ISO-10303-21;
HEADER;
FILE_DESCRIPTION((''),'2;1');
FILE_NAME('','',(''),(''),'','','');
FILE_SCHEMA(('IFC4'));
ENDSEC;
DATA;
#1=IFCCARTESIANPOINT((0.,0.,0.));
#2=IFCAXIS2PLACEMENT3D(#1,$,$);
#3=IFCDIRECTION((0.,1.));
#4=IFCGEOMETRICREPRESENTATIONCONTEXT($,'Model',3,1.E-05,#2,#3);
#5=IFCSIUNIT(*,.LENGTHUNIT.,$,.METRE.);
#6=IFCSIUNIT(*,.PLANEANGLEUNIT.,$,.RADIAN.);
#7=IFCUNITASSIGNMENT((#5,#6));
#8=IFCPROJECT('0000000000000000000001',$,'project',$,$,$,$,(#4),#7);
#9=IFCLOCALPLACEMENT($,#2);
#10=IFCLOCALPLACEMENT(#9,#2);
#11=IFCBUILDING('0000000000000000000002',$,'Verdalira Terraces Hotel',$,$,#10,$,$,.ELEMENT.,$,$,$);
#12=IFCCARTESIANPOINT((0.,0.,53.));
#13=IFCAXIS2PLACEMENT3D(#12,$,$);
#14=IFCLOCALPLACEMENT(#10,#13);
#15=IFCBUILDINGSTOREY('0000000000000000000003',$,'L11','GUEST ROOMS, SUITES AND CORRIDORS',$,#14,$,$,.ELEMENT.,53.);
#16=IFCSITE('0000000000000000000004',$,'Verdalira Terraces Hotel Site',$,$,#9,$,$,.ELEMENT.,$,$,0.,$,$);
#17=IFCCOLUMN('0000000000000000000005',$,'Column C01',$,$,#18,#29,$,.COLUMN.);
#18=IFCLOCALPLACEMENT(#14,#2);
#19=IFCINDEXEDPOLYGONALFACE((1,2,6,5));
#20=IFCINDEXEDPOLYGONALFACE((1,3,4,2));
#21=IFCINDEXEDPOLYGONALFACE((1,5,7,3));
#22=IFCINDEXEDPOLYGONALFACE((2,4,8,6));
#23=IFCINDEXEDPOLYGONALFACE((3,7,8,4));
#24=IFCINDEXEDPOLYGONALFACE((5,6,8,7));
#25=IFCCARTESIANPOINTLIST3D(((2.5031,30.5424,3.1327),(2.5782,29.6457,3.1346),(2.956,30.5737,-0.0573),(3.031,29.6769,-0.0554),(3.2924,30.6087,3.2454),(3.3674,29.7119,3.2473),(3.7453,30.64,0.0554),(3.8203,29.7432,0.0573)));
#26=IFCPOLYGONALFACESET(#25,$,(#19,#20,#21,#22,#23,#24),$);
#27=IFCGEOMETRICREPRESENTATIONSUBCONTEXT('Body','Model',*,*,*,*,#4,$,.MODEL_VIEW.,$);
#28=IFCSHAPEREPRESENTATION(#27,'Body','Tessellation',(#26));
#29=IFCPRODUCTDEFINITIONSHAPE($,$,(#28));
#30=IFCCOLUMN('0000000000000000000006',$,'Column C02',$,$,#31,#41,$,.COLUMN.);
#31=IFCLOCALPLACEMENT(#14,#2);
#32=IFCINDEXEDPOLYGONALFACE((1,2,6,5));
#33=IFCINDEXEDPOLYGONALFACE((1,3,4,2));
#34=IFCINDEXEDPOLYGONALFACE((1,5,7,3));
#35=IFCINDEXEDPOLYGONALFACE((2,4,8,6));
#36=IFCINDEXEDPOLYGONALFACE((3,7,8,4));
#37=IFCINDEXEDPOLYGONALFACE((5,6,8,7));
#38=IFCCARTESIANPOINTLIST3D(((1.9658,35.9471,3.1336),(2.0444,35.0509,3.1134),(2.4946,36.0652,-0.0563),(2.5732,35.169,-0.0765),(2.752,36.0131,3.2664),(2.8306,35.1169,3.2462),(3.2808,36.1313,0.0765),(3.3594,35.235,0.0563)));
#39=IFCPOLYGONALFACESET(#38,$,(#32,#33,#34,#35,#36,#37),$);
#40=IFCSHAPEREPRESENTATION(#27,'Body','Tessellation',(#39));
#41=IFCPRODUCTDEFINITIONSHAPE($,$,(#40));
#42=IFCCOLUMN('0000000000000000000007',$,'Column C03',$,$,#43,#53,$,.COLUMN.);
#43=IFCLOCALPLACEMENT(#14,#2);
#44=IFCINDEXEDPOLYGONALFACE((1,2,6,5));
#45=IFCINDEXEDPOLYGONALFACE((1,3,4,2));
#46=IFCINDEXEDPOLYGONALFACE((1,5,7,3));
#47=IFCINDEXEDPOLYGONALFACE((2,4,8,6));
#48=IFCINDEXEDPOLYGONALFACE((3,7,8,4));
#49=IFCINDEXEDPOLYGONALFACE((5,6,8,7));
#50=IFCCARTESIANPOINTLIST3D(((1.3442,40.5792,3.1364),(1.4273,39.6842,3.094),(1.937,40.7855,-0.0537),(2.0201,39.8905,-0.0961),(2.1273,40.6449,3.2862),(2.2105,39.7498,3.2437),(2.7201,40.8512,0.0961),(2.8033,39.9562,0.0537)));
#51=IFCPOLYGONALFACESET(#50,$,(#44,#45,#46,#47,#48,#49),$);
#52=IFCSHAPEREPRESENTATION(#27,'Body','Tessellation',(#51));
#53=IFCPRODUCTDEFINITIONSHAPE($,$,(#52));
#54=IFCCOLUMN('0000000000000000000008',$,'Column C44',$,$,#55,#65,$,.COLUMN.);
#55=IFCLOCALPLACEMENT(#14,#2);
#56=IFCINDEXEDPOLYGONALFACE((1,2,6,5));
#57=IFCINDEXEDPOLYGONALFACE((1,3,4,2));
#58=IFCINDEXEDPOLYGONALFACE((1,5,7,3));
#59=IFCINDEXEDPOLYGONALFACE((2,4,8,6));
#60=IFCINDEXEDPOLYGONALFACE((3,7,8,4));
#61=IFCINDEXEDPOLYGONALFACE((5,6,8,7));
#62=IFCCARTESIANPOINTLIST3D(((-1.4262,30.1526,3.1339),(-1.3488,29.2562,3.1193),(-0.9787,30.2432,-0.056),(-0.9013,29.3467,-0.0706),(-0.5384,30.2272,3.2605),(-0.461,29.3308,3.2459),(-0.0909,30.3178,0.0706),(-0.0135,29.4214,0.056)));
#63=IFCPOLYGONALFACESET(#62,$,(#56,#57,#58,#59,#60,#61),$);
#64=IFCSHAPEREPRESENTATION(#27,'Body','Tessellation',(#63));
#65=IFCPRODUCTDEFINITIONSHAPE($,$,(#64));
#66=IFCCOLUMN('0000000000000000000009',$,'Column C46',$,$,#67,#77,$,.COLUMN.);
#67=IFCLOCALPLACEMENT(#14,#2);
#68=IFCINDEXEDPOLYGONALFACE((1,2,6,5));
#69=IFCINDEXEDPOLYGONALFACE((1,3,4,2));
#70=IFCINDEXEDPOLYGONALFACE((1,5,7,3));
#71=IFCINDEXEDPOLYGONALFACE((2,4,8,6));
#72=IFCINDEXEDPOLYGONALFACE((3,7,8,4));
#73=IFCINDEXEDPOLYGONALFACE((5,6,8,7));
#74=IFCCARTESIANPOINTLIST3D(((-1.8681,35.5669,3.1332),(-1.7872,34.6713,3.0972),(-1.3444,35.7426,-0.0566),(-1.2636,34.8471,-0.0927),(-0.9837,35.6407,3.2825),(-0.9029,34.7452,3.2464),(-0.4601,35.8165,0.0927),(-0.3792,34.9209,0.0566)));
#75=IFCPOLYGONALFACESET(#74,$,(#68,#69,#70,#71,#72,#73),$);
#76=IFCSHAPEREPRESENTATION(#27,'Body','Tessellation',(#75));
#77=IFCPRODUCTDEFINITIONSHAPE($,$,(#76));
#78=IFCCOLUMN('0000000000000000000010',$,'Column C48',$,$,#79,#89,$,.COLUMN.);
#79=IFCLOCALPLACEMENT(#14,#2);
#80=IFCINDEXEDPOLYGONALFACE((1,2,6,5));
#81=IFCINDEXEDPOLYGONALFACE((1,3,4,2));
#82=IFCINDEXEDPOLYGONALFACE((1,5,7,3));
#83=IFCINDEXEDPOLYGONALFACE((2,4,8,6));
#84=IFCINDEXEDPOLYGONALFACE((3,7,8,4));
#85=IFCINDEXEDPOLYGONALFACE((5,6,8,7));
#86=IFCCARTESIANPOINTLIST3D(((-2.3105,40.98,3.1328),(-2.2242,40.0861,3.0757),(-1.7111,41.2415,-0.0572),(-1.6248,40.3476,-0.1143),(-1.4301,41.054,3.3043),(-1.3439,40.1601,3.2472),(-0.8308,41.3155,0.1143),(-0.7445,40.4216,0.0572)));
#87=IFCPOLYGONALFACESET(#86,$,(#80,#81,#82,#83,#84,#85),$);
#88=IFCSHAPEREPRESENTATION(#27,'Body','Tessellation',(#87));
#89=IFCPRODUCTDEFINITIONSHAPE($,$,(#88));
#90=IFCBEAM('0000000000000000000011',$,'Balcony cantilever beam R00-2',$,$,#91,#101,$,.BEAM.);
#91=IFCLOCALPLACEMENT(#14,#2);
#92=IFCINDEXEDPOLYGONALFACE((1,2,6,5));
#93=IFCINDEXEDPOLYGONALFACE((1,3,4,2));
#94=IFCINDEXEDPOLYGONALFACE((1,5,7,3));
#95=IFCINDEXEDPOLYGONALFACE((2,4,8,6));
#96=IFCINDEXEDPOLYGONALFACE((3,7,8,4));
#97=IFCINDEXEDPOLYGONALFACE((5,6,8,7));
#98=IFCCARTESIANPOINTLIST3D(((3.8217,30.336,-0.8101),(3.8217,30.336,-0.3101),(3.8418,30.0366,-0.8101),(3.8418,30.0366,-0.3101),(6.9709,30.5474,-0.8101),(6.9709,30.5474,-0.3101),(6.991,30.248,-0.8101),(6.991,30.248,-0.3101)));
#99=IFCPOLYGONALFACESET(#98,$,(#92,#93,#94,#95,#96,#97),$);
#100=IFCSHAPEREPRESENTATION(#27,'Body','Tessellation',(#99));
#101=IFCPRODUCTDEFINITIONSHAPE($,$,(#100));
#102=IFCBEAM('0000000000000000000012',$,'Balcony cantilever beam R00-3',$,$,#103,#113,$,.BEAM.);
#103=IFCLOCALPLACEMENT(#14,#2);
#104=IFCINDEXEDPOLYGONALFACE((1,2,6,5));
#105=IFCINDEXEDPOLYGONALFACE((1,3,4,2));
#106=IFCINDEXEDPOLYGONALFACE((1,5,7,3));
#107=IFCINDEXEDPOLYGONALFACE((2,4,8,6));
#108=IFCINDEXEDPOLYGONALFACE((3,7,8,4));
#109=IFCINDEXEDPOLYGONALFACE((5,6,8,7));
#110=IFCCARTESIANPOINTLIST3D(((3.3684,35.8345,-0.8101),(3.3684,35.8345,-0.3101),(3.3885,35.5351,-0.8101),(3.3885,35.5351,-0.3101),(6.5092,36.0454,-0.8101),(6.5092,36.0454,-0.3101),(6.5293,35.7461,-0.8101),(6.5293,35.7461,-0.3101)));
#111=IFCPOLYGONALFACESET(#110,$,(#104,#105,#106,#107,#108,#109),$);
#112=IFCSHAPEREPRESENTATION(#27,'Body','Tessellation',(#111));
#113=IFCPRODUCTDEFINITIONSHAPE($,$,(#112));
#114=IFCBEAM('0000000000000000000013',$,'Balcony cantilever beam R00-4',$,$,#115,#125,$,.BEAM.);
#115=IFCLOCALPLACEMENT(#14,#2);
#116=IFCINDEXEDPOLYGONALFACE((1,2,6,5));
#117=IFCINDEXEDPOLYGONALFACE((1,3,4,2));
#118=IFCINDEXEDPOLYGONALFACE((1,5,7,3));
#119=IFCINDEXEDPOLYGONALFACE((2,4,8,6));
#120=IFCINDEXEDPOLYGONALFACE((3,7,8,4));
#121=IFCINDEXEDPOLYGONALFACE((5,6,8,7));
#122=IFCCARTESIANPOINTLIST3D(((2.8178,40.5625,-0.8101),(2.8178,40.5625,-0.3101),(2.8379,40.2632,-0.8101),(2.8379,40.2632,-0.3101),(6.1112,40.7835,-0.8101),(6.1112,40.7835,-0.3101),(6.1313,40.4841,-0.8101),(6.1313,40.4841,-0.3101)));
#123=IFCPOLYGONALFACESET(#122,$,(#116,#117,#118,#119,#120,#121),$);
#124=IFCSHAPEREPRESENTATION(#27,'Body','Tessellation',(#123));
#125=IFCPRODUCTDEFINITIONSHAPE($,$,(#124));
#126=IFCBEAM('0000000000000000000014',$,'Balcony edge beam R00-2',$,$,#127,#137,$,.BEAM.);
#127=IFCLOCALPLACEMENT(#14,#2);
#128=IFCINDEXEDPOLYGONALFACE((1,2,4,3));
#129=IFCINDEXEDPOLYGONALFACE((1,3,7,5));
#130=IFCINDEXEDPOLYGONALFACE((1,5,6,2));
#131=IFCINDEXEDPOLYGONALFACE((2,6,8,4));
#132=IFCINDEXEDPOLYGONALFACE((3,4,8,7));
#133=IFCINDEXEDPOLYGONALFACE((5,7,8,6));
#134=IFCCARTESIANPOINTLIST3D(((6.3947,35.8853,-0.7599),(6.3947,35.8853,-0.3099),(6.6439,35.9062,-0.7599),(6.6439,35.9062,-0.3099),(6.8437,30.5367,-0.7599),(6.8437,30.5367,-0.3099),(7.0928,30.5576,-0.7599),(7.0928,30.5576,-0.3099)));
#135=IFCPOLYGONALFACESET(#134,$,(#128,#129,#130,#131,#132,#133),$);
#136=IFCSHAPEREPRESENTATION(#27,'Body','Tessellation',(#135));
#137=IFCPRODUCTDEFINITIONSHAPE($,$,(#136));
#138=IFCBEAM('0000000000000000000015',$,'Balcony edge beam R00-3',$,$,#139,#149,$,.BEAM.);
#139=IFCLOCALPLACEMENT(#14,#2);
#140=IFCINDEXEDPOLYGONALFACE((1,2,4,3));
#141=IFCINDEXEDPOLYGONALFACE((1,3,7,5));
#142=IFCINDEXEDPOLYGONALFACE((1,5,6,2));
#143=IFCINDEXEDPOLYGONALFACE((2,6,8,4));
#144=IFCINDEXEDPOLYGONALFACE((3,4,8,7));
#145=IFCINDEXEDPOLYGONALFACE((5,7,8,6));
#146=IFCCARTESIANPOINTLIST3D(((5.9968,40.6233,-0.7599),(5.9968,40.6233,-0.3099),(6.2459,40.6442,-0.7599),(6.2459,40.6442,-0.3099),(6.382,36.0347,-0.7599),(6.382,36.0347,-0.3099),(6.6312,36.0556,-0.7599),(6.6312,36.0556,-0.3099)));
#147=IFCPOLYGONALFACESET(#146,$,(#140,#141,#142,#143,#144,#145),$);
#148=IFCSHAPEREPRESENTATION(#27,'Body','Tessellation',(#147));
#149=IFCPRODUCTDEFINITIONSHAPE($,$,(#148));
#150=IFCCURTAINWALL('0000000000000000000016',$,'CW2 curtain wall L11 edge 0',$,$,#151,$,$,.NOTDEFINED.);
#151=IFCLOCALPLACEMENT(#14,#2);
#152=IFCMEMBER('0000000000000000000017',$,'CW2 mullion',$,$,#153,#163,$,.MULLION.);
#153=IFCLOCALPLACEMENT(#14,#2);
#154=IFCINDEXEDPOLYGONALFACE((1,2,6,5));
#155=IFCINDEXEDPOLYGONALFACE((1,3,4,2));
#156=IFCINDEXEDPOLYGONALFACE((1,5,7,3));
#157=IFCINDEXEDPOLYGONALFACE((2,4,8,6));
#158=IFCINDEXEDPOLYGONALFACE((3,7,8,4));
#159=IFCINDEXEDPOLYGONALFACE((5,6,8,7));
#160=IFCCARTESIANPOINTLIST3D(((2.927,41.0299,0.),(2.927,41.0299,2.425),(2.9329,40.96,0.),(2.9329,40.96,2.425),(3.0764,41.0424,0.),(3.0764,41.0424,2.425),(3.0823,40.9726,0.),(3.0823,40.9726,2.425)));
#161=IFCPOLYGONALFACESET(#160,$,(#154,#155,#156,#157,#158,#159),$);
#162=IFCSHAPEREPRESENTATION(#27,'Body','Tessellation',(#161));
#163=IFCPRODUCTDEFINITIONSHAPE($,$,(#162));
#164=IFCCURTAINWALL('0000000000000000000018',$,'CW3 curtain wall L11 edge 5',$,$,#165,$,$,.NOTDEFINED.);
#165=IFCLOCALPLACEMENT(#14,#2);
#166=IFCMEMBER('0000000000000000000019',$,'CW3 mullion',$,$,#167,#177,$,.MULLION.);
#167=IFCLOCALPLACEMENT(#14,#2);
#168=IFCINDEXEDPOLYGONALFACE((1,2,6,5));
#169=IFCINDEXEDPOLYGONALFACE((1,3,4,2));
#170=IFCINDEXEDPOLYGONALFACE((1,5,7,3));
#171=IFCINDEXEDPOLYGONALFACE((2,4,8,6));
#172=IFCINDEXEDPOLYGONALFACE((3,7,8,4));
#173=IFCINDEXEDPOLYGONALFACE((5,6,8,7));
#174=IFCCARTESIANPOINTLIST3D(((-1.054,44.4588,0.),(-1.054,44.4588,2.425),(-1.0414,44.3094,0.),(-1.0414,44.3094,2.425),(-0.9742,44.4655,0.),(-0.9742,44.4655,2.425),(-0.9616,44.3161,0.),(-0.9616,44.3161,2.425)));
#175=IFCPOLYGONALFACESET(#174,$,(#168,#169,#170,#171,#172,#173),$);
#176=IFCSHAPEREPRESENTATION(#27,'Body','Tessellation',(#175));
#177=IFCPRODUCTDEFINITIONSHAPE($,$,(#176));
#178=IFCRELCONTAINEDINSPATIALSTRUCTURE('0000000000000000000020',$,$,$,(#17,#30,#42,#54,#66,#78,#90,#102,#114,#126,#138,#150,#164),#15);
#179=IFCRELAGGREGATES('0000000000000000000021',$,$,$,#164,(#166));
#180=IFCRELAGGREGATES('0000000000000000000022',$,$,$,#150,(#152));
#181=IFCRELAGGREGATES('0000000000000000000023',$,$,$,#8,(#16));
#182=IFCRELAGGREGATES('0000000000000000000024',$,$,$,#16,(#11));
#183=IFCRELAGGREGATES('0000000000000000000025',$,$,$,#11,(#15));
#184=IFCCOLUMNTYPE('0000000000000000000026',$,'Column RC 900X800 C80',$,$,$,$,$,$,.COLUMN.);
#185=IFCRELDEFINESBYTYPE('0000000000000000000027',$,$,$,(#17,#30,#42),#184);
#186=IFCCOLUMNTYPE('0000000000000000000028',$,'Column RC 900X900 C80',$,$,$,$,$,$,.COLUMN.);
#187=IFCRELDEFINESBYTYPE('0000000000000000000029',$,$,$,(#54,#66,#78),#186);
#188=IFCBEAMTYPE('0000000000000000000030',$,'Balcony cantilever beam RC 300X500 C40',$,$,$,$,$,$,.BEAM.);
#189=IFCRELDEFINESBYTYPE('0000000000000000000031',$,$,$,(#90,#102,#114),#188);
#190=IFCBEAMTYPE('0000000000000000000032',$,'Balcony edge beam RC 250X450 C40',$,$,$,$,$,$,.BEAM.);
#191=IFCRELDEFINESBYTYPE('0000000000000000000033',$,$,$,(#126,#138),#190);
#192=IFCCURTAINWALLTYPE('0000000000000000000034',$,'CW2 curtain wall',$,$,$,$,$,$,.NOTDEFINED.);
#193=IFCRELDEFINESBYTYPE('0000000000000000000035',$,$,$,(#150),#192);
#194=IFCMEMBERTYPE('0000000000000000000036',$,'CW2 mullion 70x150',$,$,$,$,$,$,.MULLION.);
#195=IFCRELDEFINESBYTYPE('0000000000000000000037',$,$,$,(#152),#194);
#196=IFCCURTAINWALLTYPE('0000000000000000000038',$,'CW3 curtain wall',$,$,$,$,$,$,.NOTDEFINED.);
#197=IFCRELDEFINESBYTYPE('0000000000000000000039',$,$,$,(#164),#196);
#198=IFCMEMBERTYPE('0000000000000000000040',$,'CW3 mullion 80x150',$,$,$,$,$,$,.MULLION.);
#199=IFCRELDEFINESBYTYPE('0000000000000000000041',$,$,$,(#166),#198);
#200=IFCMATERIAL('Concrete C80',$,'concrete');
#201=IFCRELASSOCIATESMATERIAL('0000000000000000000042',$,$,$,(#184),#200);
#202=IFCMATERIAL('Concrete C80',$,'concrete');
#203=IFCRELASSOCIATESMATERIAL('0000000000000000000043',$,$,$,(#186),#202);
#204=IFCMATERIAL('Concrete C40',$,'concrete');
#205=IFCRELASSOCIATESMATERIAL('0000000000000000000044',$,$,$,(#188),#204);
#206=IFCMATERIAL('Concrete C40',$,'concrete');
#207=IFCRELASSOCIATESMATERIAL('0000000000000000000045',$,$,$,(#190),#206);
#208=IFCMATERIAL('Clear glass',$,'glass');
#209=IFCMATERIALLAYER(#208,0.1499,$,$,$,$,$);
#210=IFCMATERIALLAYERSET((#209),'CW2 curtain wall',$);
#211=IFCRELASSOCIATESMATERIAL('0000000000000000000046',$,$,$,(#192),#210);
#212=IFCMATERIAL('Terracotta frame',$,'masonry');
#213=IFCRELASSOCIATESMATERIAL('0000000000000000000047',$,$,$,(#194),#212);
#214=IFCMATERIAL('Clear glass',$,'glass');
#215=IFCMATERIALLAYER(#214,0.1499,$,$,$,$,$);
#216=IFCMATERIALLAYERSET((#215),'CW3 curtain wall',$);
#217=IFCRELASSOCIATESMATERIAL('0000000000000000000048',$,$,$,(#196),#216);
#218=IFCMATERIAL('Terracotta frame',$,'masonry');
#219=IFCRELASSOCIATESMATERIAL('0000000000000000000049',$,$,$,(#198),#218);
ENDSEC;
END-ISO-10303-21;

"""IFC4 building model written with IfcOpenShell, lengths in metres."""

from ifc_helpers import new_model, si_unit, direction, frame, origin, origin_2d, place, context, subcontext, project, spatial, rectangle, extrude, material, layer, layer_set, material_profile, profile_set, type_object, element, aggregate, save


model = new_model("IFC4")

# Units and contexts
model_context = context("Model", 3, precision=1e-05, world=origin(), true_north=direction((0.0, 1.0)))
body_context = subcontext(model_context, "Body", "Model", "MODEL_VIEW")
ifc_project = project(units=[si_unit("LENGTHUNIT", "METRE"), si_unit("PLANEANGLEUNIT", "RADIAN")], contexts=[model_context])

# Site, building, storey
site_placement = place(None, origin())
site = spatial("IfcSite", under=ifc_project, at=site_placement, Name="Verdalira Terraces Hotel Site", CompositionType="ELEMENT", RefElevation=0.0)
building_placement = place(site_placement, origin())
building = spatial("IfcBuilding", under=site, at=building_placement, Name="Verdalira Terraces Hotel", CompositionType="ELEMENT")
storey_placement = place(building_placement, frame((0.0, 0.0, 53.0)))
storey = spatial("IfcBuildingStorey", under=building, at=storey_placement, Name="L11", Description="GUEST ROOMS, SUITES AND CORRIDORS", CompositionType="ELEMENT", Elevation=53.0)

# Columns
ifc_material_1 = material(Name="Concrete C80", Category="concrete")
ifc_material_profile_1 = material_profile(ifc_material_1, rectangle(XDim=0.8999, YDim=0.8, at=origin_2d()), Name="RC 900X800")
ifc_profile_set_1 = profile_set([ifc_material_profile_1], Name="Concrete C80")
column_type_1 = type_object("IfcColumnType", Name="Column RC 900X800 C80", PredefinedType="COLUMN", material=ifc_profile_set_1)
column_1_placement = place(storey_placement, frame((3.3882, 30.1584, 0.0), z_axis=(-0.140555, -0.009699, 0.990025), x_axis=(-0.083368, 0.996517, -0.002074)))
element("IfcColumn", 1, at=column_1_placement, inside=storey, type_object=column_type_1, Name="Column C01", PredefinedType="COLUMN", context=body_context, shape_type="SweptSolid", body=[
    extrude(rectangle(XDim=0.8999, YDim=0.8, at=origin_2d()), origin(), (0.0, 0.0, 1.0), 3.2222),
])
column_2_placement = place(storey_placement, frame((2.927, 35.6501, 0.0), z_axis=(-0.163433, -0.03652, 0.985878), x_axis=(-0.087424, 0.995919, 0.022399)))
element("IfcColumn", 2, at=column_2_placement, inside=storey, type_object=column_type_1, Name="Column C02", PredefinedType="COLUMN", context=body_context, shape_type="SweptSolid", body=[
    extrude(rectangle(XDim=0.8999, YDim=0.8, at=origin_2d()), origin(), (0.0, 0.0, 1.0), 3.2356),
])
column_3_placement = place(storey_placement, frame((2.3701, 40.3708, 0.0), z_axis=(-0.18233, -0.063455, 0.981188), x_axis=(-0.092401, 0.994605, 0.047152)))
element("IfcColumn", 3, at=column_3_placement, inside=storey, type_object=column_type_1, Name="Column C03", PredefinedType="COLUMN", context=body_context, shape_type="SweptSolid", body=[
    extrude(rectangle(XDim=0.8999, YDim=0.8, at=origin_2d()), origin(), (0.0, 0.0, 1.0), 3.2512),
])
ifc_material_2 = material(Name="Concrete C80", Category="concrete")
ifc_material_profile_2 = material_profile(ifc_material_2, rectangle(XDim=0.8999, YDim=0.8999, at=origin_2d()), Name="RC 900X900")
ifc_profile_set_2 = profile_set([ifc_material_profile_2], Name="Concrete C80")
column_type_2 = type_object("IfcColumnType", Name="Column RC 900X900 C80", PredefinedType="COLUMN", material=ifc_profile_set_2)
column_4_placement = place(storey_placement, frame((-0.4961, 29.8323, 0.0), z_axis=(-0.138872, -0.028108, 0.989911), x_axis=(-0.086044, 0.996159, 0.016214)))
element("IfcColumn", 4, at=column_4_placement, inside=storey, type_object=column_type_2, Name="Column C44", PredefinedType="COLUMN", context=body_context, shape_type="SweptSolid", body=[
    extrude(rectangle(XDim=0.8999, YDim=0.8999, at=origin_2d()), origin(), (0.0, 0.0, 1.0), 3.2224),
])
column_5_placement = place(storey_placement, frame((-0.8618, 35.3318, 0.0), z_axis=(-0.161759, -0.054297, 0.985335), x_axis=(-0.089865, 0.995147, 0.040085)))
element("IfcColumn", 5, at=column_5_placement, inside=storey, type_object=column_type_2, Name="Column C46", PredefinedType="COLUMN", context=body_context, shape_type="SweptSolid", body=[
    extrude(rectangle(XDim=0.8999, YDim=0.8999, at=origin_2d()), origin(), (0.0, 0.0, 1.0), 3.2373),
])
column_6_placement = place(storey_placement, frame((-1.2278, 40.8315, 0.0), z_axis=(-0.184065, -0.080299, 0.979629), x_axis=(-0.095879, 0.993371, 0.06341)))
element("IfcColumn", 6, at=column_6_placement, inside=storey, type_object=column_type_2, Name="Column C48", PredefinedType="COLUMN", context=body_context, shape_type="SweptSolid", body=[
    extrude(rectangle(XDim=0.8999, YDim=0.8999, at=origin_2d()), origin(), (0.0, 0.0, 1.0), 3.2563),
])

# Beams
ifc_material_3 = material(Name="Concrete C40", Category="concrete")
ifc_material_profile_3 = material_profile(ifc_material_3, rectangle(XDim=0.3, YDim=0.5, at=origin_2d()), Name="RC 300X500")
ifc_profile_set_3 = profile_set([ifc_material_profile_3], Name="Concrete C40")
beam_type_1 = type_object("IfcBeamType", Name="Balcony cantilever beam RC 300X500 C40", PredefinedType="BEAM", material=ifc_profile_set_3)
beam_1_placement = place(storey_placement, frame((3.8318, 30.1863, -0.5601), z_axis=(0.997754, 0.066986, 0.0), x_axis=(-0.066986, 0.997754, 0.0)))
element("IfcBeam", 7, at=beam_1_placement, inside=storey, type_object=beam_type_1, Name="Balcony cantilever beam R00-2", PredefinedType="BEAM", context=body_context, shape_type="SweptSolid", body=[
    extrude(rectangle(XDim=0.3, YDim=0.5, at=origin_2d()), origin(), (0.0, 0.0, 1.0), 3.1562),
])
beam_2_placement = place(storey_placement, frame((3.3784, 35.6848, -0.5601), z_axis=(0.997752, 0.067008, 0.0), x_axis=(-0.067008, 0.997752, 0.0)))
element("IfcBeam", 8, at=beam_2_placement, inside=storey, type_object=beam_type_1, Name="Balcony cantilever beam R00-3", PredefinedType="BEAM", context=body_context, shape_type="SweptSolid", body=[
    extrude(rectangle(XDim=0.3, YDim=0.5, at=origin_2d()), origin(), (0.0, 0.0, 1.0), 3.1479),
])
beam_3_placement = place(storey_placement, frame((2.8279, 40.4128, -0.5601), z_axis=(0.997757, 0.066936, 0.0), x_axis=(-0.066936, 0.997757, 0.0)))
element("IfcBeam", 9, at=beam_3_placement, inside=storey, type_object=beam_type_1, Name="Balcony cantilever beam R00-4", PredefinedType="BEAM", context=body_context, shape_type="SweptSolid", body=[
    extrude(rectangle(XDim=0.3, YDim=0.5, at=origin_2d()), origin(), (0.0, 0.0, 1.0), 3.3008),
])
ifc_material_4 = material(Name="Concrete C40", Category="concrete")
ifc_material_profile_4 = material_profile(ifc_material_4, rectangle(XDim=0.25, YDim=0.45, at=origin_2d()), Name="RC 250X450")
ifc_profile_set_4 = profile_set([ifc_material_profile_4], Name="Concrete C40")
beam_type_2 = type_object("IfcBeamType", Name="Balcony edge beam RC 250X450 C40", PredefinedType="BEAM", material=ifc_profile_set_4)
beam_4_placement = place(storey_placement, frame((6.9683, 30.5471, -0.5349), z_axis=(-0.083648, 0.996495, 0.0), x_axis=(-0.996495, -0.083648, 0.0)))
element("IfcBeam", 10, at=beam_4_placement, inside=storey, type_object=beam_type_2, Name="Balcony edge beam R00-2", PredefinedType="BEAM", context=body_context, shape_type="SweptSolid", body=[
    extrude(rectangle(XDim=0.25, YDim=0.45, at=origin_2d()), origin(), (0.0, 0.0, 1.0), 5.3674),
])
beam_5_placement = place(storey_placement, frame((6.5066, 36.0452, -0.5349), z_axis=(-0.083664, 0.996494, 0.0), x_axis=(-0.996494, -0.083664, 0.0)))
element("IfcBeam", 11, at=beam_5_placement, inside=storey, type_object=beam_type_2, Name="Balcony edge beam R00-3", PredefinedType="BEAM", context=body_context, shape_type="SweptSolid", body=[
    extrude(rectangle(XDim=0.25, YDim=0.45, at=origin_2d()), origin(), (0.0, 0.0, 1.0), 4.6047),
])

# Curtain wall, member
ifc_material_5 = material(Name="Clear glass", Category="glass")
ifc_layer_1 = layer(ifc_material_5, 0.1499)
ifc_layer_set_1 = layer_set([ifc_layer_1], Name="CW2 curtain wall")
curtain_wall_type_1 = type_object("IfcCurtainWallType", Name="CW2 curtain wall", PredefinedType="NOTDEFINED", material=ifc_layer_set_1)
curtain_wall_1_placement = place(storey_placement, origin())
curtain_wall_1 = element("IfcCurtainWall", 12, at=curtain_wall_1_placement, inside=storey, type_object=curtain_wall_type_1, Name="CW2 curtain wall L11 edge 0", PredefinedType="NOTDEFINED")
ifc_material_6 = material(Name="Terracotta frame", Category="masonry")
ifc_material_profile_5 = material_profile(ifc_material_6, rectangle(XDim=0.0701, YDim=0.1499, at=origin_2d()), Name="MU 70x150")
ifc_profile_set_5 = profile_set([ifc_material_profile_5], Name="Terracotta frame")
member_type_1 = type_object("IfcMemberType", Name="CW2 mullion 70x150", PredefinedType="MULLION", material=ifc_profile_set_5)
member_1_placement = place(storey_placement, frame((3.0046, 41.0012, 0.0), z_axis=(0.0, 0.0, 1.0), x_axis=(-0.083678, 0.996493, 0.0)))
member_1 = element("IfcMember", 13, at=member_1_placement, type_object=member_type_1, Name="CW2 mullion", PredefinedType="MULLION", context=body_context, shape_type="SweptSolid", body=[
    extrude(rectangle(XDim=0.0701, YDim=0.1499, at=origin_2d()), origin(), (0.0, 0.0, 1.0), 2.425),
])

# Curtain wall, member
ifc_material_7 = material(Name="Clear glass", Category="glass")
ifc_layer_2 = layer(ifc_material_7, 0.1499)
ifc_layer_set_2 = layer_set([ifc_layer_2], Name="CW3 curtain wall")
curtain_wall_type_2 = type_object("IfcCurtainWallType", Name="CW3 curtain wall", PredefinedType="NOTDEFINED", material=ifc_layer_set_2)
curtain_wall_2_placement = place(storey_placement, origin())
curtain_wall_2 = element("IfcCurtainWall", 14, at=curtain_wall_2_placement, inside=storey, type_object=curtain_wall_type_2, Name="CW3 curtain wall L11 edge 5", PredefinedType="NOTDEFINED")
ifc_material_8 = material(Name="Terracotta frame", Category="masonry")
ifc_material_profile_6 = material_profile(ifc_material_8, rectangle(XDim=0.0801, YDim=0.1499, at=origin_2d()), Name="MU 80x150")
ifc_profile_set_6 = profile_set([ifc_material_profile_6], Name="Terracotta frame")
member_type_2 = type_object("IfcMemberType", Name="CW3 mullion 80x150", PredefinedType="MULLION", material=ifc_profile_set_6)
member_2_placement = place(storey_placement, frame((-1.0078, 44.3875, 0.0), z_axis=(0.0, 0.0, 1.0), x_axis=(-0.996493, -0.083678, 0.0)))
member_2 = element("IfcMember", 15, at=member_2_placement, type_object=member_type_2, Name="CW3 mullion", PredefinedType="MULLION", context=body_context, shape_type="SweptSolid", body=[
    extrude(rectangle(XDim=0.0801, YDim=0.1499, at=origin_2d()), origin(), (0.0, 0.0, 1.0), 2.425),
])
aggregate(curtain_wall_2, [member_2])

aggregate(curtain_wall_1, [member_1])

save(model, "model.ifc")
